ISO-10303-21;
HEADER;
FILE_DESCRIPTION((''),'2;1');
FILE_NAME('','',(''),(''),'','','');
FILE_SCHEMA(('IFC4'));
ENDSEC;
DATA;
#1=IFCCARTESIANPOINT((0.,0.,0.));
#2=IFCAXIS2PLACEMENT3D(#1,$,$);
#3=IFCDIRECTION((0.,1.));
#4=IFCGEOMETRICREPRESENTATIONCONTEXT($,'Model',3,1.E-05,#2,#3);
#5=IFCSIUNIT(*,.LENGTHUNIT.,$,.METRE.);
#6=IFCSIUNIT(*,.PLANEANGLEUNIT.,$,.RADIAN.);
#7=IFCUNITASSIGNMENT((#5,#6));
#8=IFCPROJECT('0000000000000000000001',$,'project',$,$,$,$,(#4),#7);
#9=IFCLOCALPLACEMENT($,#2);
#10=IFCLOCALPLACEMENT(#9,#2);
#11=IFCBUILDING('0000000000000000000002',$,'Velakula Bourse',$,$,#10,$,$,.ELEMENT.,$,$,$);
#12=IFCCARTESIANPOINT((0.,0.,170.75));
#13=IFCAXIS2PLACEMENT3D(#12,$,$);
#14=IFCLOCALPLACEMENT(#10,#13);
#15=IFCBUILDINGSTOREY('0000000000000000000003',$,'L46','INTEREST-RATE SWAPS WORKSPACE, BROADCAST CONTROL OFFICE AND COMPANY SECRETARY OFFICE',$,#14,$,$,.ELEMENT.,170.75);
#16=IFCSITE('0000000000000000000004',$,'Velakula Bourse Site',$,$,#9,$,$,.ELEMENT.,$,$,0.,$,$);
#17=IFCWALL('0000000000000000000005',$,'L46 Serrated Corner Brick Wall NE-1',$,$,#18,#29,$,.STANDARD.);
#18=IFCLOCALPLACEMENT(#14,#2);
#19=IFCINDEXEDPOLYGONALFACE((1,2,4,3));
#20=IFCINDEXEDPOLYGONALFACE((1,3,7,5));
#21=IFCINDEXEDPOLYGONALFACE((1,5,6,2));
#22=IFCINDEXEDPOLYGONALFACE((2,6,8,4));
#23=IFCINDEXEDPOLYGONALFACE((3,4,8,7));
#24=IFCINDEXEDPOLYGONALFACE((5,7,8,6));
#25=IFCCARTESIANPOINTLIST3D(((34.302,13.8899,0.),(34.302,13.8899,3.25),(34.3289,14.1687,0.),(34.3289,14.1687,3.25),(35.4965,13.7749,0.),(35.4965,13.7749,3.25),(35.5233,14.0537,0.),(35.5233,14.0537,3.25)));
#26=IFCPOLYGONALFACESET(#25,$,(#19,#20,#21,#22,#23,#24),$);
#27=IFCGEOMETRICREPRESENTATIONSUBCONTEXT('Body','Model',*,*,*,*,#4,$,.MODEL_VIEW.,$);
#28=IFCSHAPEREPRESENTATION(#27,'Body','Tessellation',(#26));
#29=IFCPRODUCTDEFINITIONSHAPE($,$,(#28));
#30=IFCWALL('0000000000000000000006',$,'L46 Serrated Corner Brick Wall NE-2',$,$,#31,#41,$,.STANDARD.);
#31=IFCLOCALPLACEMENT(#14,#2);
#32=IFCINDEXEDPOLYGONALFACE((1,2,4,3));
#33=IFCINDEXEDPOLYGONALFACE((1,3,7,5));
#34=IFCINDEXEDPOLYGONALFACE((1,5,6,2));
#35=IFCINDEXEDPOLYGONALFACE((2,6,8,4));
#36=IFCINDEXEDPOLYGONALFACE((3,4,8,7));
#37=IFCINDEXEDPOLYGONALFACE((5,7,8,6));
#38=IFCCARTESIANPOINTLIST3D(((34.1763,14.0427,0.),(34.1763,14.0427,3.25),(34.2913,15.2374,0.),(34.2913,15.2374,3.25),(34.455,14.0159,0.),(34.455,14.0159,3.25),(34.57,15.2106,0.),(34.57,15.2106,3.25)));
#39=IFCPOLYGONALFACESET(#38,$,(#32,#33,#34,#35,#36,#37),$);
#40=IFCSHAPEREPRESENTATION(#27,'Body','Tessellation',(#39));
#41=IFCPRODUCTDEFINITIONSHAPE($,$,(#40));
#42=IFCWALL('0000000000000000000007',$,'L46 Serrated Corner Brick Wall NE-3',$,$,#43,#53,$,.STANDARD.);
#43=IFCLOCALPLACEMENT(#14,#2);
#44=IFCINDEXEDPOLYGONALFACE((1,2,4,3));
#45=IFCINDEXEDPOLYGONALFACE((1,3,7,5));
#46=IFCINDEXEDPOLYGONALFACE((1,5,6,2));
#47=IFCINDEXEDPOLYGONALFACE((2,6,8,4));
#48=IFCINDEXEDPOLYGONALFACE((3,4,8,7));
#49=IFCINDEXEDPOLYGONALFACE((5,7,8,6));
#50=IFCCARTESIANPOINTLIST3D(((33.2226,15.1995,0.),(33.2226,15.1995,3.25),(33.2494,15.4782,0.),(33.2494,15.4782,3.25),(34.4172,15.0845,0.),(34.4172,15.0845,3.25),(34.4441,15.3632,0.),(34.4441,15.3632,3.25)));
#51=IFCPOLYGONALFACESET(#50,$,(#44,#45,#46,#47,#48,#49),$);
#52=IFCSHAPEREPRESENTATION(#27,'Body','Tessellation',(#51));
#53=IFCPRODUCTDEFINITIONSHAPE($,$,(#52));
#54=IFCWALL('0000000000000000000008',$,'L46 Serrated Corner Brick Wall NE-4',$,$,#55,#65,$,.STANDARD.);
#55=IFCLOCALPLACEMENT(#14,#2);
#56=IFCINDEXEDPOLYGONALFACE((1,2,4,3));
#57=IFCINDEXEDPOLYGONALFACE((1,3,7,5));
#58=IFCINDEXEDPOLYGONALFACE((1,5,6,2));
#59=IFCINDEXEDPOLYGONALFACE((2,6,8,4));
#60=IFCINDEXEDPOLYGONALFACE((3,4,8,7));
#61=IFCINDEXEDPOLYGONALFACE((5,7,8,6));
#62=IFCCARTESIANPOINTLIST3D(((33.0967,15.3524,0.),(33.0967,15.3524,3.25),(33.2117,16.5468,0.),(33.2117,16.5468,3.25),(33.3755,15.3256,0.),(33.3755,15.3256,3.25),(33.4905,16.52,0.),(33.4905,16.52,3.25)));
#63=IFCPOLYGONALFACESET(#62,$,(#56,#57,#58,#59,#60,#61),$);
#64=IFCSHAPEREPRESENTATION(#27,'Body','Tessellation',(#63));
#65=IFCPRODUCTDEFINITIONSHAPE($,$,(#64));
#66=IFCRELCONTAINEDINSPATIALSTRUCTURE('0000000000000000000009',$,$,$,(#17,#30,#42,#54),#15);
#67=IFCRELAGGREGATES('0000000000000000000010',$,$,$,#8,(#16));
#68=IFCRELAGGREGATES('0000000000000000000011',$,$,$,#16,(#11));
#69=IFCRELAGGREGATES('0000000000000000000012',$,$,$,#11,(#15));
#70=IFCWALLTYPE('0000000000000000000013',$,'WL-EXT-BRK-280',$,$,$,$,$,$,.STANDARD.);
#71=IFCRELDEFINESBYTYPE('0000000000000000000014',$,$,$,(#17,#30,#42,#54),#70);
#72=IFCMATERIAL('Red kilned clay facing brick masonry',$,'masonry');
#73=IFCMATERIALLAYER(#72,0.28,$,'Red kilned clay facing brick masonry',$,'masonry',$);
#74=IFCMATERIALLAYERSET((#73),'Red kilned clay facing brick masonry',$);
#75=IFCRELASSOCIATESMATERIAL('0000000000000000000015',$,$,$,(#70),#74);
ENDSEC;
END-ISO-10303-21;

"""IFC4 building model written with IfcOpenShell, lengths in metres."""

from ifc_helpers import new_model, si_unit, direction, frame, frame_2d, origin, place, context, subcontext, project, spatial, rectangle, extrude, material, layer, layer_set, type_object, element, save


model = new_model("IFC4")

# Units and contexts
model_context = context("Model", 3, precision=1e-05, world=origin(), true_north=direction((0.0, 1.0)))
body_context = subcontext(model_context, "Body", "Model", "MODEL_VIEW")
ifc_project = project(units=[si_unit("LENGTHUNIT", "METRE"), si_unit("PLANEANGLEUNIT", "RADIAN")], contexts=[model_context])

# Site, building, storey
site_placement = place(None, origin())
site = spatial("IfcSite", under=ifc_project, at=site_placement, Name="Velakula Bourse Site", CompositionType="ELEMENT", RefElevation=0.0)
building_placement = place(site_placement, origin())
building = spatial("IfcBuilding", under=site, at=building_placement, Name="Velakula Bourse", CompositionType="ELEMENT")
storey_placement = place(building_placement, frame((0.0, 0.0, 170.75)))
storey = spatial("IfcBuildingStorey", under=building, at=storey_placement, Name="L46", Description="INTEREST-RATE SWAPS WORKSPACE, BROADCAST CONTROL OFFICE AND COMPANY SECRETARY OFFICE", CompositionType="ELEMENT", Elevation=170.75)

# Shared definitions
ifc_material_1 = material(Name="Red kilned clay facing brick masonry", Category="masonry")
ifc_layer = layer(ifc_material_1, 0.28, Name="Red kilned clay facing brick masonry", Category="masonry")
ifc_layer_set = layer_set([ifc_layer], Name="Red kilned clay facing brick masonry")
wall_type = type_object("IfcWallType", Name="WL-EXT-BRK-280", PredefinedType="STANDARD", material=ifc_layer_set)

# Walls
wall_1_placement = place(storey_placement, frame((35.51, 13.9143, 0.0), z_axis=(0.0, 0.0, 1.0), x_axis=(-0.995397, 0.095836, 0.0)))
element("IfcWall", 1, at=wall_1_placement, inside=storey, type_object=wall_type, Name="L46 Serrated Corner Brick Wall NE-1", PredefinedType="STANDARD", context=body_context, shape_type="SweptSolid", body=[
    extrude(rectangle(XDim=1.2, YDim=0.28, at=frame_2d((0.6001, 0.0))), origin(), (0.0, 0.0, 1.0), 3.25),
])
for number, where, z_axis, x_axis, name in (
    (2, (34.3157, 14.0293, 0.0), (0.0, 0.0, 1.0), (0.095817, 0.995399, 0.0), "L46 Serrated Corner Brick Wall NE-2"),
    (3, (34.4307, 15.2239, 0.0), (0.0, 0.0, 1.0), (-0.995399, 0.095817, 0.0), "L46 Serrated Corner Brick Wall NE-3"),
):
    element("IfcWall", number, at=place(storey_placement, frame(where, z_axis=z_axis, x_axis=x_axis)), inside=storey, type_object=wall_type, Name=name, PredefinedType="STANDARD", context=body_context, shape_type="SweptSolid", body=[
        extrude(rectangle(XDim=1.2002, YDim=0.28, at=frame_2d((0.6001, 0.0))), origin(), (0.0, 0.0, 1.0), 3.25),
    ])
wall_2_placement = place(storey_placement, frame((33.2361, 15.3389, 0.0), z_axis=(0.0, 0.0, 1.0), x_axis=(0.095836, 0.995397, 0.0)))
element("IfcWall", 4, at=wall_2_placement, inside=storey, type_object=wall_type, Name="L46 Serrated Corner Brick Wall NE-4", PredefinedType="STANDARD", context=body_context, shape_type="SweptSolid", body=[
    extrude(rectangle(XDim=1.2, YDim=0.28, at=frame_2d((0.6001, 0.0))), origin(), (0.0, 0.0, 1.0), 3.25),
])

save(model, "model.ifc")
